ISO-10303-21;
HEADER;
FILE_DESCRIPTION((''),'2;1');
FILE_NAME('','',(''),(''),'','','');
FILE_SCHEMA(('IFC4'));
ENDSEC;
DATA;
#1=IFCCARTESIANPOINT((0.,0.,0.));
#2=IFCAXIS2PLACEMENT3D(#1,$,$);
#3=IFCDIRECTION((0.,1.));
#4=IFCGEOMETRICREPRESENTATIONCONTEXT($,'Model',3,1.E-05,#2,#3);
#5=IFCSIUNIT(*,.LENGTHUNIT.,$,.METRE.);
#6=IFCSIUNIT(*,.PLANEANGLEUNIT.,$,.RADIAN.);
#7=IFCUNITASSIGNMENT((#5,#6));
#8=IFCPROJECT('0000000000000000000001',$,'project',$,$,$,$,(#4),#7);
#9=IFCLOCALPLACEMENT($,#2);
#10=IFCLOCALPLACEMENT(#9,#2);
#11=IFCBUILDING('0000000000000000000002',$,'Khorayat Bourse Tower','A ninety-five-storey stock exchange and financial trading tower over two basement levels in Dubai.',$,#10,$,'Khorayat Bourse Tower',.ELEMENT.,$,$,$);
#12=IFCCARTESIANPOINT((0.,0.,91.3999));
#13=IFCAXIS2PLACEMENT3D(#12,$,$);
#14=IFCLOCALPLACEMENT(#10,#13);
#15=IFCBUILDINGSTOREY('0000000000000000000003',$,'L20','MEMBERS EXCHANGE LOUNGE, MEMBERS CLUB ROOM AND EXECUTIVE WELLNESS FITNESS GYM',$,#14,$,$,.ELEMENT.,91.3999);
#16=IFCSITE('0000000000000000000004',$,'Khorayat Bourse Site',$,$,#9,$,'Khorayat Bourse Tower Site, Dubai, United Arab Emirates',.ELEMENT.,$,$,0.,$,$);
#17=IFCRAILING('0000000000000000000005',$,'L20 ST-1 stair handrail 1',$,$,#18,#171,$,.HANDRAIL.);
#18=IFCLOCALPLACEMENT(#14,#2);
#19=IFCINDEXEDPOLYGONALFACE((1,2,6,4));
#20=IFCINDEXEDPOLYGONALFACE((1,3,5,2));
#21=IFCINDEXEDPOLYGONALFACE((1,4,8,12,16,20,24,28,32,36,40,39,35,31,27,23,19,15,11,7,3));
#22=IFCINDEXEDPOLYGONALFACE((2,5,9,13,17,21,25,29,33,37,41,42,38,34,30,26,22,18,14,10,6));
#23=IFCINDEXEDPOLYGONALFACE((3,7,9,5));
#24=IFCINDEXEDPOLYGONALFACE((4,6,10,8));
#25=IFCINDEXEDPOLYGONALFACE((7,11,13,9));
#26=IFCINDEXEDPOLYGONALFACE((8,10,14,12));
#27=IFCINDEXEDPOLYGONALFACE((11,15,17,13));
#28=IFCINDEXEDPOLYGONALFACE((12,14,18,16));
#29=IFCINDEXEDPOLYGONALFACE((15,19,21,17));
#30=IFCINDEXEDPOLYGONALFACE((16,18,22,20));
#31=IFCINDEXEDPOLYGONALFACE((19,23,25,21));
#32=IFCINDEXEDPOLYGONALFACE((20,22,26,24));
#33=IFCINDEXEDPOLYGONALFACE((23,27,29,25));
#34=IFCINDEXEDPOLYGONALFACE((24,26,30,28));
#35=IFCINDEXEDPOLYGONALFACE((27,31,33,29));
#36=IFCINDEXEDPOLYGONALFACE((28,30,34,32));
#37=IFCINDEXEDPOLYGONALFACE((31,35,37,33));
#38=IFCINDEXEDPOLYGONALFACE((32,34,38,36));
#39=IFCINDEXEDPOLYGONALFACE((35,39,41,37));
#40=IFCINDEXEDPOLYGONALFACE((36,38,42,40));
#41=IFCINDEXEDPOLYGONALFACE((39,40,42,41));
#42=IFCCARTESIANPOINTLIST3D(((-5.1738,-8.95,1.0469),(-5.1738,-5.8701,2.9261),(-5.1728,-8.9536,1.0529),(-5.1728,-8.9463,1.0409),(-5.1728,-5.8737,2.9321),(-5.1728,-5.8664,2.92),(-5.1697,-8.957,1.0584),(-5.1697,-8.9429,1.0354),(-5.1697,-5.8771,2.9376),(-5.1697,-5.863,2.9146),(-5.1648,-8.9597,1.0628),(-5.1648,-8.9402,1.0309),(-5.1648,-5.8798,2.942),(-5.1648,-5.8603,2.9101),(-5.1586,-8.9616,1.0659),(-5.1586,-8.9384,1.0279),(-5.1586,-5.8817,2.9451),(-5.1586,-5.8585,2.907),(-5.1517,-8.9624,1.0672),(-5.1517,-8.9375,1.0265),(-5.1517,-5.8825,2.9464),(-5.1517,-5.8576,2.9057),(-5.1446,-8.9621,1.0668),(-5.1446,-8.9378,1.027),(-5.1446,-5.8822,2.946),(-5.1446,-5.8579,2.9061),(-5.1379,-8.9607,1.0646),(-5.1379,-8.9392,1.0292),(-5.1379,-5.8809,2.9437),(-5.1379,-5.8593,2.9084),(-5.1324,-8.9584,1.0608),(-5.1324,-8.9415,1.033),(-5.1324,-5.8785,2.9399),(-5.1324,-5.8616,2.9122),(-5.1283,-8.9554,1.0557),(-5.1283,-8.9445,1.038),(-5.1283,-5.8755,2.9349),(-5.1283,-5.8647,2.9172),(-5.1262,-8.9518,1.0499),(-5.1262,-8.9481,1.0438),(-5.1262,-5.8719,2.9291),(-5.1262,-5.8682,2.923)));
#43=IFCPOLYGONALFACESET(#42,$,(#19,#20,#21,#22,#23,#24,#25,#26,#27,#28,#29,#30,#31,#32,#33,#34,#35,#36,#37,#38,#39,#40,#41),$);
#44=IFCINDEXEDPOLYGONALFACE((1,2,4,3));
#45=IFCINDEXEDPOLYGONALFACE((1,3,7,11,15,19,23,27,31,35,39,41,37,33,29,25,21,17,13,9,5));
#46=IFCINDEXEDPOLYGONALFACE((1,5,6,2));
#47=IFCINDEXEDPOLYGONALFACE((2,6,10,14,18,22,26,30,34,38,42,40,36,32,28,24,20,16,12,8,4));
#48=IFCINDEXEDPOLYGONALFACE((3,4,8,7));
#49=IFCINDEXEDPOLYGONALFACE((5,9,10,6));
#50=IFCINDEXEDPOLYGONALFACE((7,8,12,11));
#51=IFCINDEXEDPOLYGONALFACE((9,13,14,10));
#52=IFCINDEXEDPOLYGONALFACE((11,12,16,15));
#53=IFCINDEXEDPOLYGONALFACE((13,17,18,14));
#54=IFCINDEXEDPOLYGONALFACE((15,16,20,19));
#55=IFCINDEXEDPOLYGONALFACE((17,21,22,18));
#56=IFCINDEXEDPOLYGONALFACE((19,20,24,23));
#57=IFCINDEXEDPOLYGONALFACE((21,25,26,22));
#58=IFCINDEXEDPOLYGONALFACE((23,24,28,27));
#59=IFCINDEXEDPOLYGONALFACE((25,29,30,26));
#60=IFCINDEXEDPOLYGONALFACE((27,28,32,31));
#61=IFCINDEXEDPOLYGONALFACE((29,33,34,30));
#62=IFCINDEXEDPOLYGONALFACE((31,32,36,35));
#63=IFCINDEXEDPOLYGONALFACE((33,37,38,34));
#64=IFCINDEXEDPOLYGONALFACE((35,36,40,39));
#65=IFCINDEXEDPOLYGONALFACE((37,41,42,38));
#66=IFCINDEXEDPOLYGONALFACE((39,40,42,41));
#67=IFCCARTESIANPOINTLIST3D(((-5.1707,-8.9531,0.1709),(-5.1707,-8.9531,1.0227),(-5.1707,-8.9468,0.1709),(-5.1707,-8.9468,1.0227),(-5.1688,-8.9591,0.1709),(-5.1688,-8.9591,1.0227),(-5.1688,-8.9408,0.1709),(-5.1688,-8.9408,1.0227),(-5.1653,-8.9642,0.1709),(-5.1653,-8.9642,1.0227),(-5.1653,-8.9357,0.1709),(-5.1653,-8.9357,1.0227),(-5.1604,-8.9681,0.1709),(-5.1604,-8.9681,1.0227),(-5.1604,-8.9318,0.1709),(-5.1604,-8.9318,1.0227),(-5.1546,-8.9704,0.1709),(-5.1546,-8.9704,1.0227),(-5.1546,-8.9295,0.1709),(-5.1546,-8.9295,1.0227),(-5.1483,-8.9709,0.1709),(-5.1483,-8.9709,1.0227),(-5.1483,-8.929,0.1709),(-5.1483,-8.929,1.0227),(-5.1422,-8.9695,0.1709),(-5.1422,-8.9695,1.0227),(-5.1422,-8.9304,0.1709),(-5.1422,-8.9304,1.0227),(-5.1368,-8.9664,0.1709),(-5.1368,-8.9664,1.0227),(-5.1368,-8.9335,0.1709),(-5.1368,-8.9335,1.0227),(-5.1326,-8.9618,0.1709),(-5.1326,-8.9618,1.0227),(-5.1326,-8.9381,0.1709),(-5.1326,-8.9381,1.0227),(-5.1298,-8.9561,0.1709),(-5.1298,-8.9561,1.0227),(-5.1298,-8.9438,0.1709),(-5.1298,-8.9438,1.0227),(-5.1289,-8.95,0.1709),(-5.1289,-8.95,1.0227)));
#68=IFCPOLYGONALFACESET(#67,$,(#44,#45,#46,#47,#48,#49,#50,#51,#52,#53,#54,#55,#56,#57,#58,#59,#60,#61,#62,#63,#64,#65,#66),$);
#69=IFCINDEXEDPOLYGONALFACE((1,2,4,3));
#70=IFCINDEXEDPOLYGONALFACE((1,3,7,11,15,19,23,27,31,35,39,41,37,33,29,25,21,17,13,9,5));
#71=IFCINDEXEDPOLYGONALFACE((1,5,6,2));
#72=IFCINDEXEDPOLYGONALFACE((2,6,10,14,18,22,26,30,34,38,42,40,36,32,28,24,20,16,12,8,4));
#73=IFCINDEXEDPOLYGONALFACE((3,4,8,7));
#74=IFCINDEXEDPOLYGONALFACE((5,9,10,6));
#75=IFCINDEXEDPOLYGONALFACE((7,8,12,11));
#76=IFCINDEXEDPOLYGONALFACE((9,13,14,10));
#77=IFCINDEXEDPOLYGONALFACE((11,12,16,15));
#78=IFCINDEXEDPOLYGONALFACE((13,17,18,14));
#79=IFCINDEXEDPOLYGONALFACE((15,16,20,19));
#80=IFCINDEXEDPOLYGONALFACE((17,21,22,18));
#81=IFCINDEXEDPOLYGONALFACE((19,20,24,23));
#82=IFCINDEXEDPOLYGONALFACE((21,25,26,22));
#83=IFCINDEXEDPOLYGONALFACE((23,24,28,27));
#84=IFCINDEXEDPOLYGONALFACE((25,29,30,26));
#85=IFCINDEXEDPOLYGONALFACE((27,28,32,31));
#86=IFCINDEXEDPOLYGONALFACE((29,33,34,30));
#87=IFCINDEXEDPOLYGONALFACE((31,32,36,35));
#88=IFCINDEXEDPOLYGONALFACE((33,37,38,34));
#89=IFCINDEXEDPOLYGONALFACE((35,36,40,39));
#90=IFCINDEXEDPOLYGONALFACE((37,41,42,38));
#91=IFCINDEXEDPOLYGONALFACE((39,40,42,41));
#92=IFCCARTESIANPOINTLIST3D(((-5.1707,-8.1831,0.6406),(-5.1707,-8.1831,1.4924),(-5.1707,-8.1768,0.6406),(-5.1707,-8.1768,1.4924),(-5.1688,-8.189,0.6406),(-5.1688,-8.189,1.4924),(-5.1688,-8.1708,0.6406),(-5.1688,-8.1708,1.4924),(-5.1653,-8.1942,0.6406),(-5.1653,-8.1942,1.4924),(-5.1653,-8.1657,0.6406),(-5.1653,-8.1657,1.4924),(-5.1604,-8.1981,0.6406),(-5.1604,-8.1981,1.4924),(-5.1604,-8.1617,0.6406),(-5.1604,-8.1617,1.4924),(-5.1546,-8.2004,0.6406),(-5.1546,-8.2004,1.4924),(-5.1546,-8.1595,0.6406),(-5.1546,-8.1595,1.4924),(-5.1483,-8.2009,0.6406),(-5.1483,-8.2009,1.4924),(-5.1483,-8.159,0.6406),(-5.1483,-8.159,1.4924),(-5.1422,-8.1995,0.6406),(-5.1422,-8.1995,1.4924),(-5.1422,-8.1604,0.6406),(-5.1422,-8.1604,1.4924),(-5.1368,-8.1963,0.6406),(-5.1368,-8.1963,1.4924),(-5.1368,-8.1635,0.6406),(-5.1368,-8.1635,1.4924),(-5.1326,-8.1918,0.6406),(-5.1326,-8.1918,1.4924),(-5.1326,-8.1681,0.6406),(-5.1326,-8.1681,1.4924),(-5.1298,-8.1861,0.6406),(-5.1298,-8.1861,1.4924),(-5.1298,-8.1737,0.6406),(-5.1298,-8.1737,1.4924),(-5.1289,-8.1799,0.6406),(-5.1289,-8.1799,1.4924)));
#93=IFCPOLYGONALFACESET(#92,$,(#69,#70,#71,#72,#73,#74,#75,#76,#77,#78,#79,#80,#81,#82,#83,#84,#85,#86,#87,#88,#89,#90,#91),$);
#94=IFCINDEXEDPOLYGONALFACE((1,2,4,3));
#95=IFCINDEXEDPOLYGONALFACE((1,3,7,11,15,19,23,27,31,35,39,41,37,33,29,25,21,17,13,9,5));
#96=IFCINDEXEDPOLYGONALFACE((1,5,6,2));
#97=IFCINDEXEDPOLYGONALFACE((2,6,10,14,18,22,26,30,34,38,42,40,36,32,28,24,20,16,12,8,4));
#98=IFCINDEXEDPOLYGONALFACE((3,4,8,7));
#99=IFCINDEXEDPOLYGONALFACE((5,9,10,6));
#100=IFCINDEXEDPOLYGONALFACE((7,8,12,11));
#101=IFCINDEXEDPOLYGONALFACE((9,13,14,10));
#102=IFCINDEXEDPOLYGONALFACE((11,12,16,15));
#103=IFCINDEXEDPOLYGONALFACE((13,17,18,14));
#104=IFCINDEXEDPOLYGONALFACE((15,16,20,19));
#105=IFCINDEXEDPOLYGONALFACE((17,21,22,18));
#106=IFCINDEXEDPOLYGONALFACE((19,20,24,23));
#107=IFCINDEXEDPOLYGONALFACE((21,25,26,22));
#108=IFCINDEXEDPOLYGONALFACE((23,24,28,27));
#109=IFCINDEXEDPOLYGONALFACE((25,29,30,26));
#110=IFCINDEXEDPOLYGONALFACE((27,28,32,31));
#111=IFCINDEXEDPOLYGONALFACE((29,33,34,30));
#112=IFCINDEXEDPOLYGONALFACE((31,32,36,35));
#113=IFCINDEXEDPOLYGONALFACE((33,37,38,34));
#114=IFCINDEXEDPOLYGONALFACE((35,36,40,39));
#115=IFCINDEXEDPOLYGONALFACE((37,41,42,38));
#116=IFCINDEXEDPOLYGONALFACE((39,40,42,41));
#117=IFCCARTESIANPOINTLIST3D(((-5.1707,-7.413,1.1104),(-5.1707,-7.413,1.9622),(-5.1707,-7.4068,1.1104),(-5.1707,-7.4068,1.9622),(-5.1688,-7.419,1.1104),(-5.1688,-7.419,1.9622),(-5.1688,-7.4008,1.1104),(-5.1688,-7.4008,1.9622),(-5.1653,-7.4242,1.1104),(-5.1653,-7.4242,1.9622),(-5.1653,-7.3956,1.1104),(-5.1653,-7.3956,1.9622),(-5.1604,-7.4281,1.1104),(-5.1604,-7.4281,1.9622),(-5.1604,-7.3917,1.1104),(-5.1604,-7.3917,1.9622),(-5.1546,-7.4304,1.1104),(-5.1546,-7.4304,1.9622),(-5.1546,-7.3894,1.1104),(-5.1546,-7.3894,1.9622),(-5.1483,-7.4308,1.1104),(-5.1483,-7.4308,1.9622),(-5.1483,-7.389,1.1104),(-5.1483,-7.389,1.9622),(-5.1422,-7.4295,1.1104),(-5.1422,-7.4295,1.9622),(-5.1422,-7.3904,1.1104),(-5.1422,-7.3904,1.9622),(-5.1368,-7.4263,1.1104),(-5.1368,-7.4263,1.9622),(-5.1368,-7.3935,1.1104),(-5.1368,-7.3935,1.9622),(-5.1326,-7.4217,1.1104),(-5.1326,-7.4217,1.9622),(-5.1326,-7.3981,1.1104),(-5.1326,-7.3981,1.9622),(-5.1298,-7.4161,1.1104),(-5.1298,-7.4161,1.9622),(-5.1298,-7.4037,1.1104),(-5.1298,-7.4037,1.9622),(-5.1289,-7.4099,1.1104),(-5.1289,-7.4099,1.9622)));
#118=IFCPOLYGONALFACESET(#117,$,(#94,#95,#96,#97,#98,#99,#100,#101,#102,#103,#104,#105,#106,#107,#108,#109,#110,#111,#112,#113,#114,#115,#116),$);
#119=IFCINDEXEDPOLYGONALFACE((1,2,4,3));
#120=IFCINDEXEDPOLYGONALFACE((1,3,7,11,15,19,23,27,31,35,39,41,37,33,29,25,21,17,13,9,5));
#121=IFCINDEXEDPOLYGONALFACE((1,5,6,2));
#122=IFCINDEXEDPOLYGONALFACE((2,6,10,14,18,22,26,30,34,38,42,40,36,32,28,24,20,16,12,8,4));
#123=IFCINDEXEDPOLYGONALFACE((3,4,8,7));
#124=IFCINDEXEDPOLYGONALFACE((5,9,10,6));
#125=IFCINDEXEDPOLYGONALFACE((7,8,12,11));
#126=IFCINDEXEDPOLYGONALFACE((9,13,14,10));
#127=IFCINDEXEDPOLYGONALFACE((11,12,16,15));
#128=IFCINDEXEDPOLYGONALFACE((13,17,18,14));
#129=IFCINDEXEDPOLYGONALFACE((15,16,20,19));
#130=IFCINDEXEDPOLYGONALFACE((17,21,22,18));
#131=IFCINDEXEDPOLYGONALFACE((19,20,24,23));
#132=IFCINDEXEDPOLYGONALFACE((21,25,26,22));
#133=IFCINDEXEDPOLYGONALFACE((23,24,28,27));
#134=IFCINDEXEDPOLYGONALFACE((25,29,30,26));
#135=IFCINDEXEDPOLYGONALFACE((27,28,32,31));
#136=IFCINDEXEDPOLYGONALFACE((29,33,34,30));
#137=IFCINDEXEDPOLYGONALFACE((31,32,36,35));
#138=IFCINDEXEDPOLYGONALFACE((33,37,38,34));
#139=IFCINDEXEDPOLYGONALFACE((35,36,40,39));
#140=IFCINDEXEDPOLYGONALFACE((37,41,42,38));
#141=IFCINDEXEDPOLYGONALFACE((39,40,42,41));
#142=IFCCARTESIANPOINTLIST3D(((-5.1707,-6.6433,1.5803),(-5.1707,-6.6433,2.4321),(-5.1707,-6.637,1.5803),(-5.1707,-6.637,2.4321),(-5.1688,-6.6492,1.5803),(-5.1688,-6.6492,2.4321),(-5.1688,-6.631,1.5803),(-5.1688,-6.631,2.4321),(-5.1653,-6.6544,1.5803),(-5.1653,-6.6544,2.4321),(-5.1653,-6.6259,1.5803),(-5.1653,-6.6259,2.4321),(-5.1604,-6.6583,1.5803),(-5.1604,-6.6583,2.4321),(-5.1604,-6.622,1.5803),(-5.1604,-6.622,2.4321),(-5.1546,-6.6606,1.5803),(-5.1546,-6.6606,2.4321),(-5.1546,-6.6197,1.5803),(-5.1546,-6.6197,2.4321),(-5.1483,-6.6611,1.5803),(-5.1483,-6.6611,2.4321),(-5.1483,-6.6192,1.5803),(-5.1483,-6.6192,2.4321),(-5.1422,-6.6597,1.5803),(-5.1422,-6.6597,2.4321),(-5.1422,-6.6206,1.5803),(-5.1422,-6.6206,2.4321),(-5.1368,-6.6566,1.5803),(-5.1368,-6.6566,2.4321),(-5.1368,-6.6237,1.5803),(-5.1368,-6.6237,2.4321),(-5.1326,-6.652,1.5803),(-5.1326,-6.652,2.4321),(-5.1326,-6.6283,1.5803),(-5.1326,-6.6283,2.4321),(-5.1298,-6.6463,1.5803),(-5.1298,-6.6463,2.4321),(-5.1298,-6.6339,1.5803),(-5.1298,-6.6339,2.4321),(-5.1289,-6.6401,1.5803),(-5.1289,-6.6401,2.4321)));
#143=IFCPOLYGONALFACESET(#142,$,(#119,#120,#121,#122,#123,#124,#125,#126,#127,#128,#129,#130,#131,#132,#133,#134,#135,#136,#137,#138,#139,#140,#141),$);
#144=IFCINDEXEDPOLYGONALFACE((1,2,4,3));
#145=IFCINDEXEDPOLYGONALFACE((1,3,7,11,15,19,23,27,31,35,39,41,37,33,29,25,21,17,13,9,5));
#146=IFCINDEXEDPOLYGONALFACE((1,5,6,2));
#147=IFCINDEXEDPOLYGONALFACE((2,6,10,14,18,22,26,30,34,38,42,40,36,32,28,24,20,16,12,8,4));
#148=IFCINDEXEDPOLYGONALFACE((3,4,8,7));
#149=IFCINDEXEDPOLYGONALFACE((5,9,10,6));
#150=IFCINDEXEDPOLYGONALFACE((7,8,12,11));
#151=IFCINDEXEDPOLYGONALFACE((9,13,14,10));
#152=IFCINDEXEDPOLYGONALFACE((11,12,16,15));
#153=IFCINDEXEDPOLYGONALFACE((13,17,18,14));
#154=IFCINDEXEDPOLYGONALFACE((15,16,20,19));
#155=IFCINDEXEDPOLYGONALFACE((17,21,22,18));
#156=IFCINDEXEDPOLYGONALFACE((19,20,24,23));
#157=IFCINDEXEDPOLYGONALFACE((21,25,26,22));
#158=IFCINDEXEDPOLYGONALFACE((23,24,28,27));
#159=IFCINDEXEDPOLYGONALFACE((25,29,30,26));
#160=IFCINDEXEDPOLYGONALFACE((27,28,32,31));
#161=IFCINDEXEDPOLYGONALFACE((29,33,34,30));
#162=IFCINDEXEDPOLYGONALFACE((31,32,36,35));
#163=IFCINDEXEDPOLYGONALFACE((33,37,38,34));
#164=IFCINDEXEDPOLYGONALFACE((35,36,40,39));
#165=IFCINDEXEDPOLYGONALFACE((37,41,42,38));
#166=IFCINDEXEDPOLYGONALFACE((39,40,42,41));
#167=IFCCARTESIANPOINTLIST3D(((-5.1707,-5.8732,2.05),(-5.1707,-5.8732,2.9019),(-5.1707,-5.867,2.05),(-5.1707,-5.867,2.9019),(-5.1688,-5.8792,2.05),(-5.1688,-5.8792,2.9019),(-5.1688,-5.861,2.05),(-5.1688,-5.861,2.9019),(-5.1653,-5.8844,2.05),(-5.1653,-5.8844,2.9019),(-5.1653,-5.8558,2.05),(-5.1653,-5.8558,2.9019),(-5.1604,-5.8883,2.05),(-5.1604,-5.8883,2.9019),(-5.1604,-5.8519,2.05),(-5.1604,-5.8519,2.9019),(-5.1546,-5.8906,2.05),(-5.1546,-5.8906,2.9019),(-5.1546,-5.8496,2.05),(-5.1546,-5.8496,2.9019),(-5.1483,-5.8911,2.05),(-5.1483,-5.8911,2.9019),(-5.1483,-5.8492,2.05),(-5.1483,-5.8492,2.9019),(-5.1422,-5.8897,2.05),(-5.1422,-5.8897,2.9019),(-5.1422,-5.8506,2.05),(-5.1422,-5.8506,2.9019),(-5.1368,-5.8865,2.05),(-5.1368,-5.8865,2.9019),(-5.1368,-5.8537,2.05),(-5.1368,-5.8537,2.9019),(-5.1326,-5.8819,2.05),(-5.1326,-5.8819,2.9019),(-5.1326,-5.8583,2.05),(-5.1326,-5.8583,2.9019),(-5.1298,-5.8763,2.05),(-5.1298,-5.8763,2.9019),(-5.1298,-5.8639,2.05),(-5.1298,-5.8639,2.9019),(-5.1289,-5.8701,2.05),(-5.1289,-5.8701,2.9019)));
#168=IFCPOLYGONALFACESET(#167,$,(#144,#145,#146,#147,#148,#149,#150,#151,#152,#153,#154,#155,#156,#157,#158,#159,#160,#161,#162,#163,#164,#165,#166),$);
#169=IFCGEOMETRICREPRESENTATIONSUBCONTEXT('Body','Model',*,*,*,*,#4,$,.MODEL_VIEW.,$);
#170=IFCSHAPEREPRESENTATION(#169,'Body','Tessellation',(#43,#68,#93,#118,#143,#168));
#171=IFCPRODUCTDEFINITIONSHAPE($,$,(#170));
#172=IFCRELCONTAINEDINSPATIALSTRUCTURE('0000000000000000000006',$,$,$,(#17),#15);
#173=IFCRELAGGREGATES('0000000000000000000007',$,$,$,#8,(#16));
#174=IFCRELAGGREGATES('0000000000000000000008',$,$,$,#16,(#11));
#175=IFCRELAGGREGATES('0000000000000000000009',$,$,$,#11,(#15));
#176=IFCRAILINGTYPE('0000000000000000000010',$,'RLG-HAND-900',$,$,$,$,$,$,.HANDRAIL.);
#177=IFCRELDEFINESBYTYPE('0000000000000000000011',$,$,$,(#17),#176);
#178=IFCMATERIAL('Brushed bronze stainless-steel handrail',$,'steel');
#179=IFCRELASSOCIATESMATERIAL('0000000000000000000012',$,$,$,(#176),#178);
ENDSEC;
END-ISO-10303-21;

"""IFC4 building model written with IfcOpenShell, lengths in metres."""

from ifc_helpers import new_model, si_unit, direction, frame, origin, origin_2d, place, context, subcontext, project, spatial, circle, extrude, source, transform, mapped, material, type_object, element, save


model = new_model("IFC4")

# Units and contexts
model_context = context("Model", 3, precision=1e-05, world=origin(), true_north=direction((0.0, 1.0)))
body_context = subcontext(model_context, "Body", "Model", "MODEL_VIEW")
ifc_project = project(units=[si_unit("LENGTHUNIT", "METRE"), si_unit("PLANEANGLEUNIT", "RADIAN")], contexts=[model_context])

# Site, building, storey
site_placement = place(None, origin())
site = spatial("IfcSite", under=ifc_project, at=site_placement, Name="Khorayat Bourse Site", LongName="Khorayat Bourse Tower Site, Dubai, United Arab Emirates", CompositionType="ELEMENT", RefElevation=0.0)
building_placement = place(site_placement, origin())
building = spatial("IfcBuilding", under=site, at=building_placement, Name="Khorayat Bourse Tower", Description="A ninety-five-storey stock exchange and financial trading tower over two basement levels in Dubai.", LongName="Khorayat Bourse Tower", CompositionType="ELEMENT")
storey_placement = place(building_placement, frame((0.0, 0.0, 91.3999)))
storey = spatial("IfcBuildingStorey", under=building, at=storey_placement, Name="L20", Description="MEMBERS EXCHANGE LOUNGE, MEMBERS CLUB ROOM AND EXECUTIVE WELLNESS FITNESS GYM", CompositionType="ELEMENT", Elevation=91.3999)

# Railing
ifc_material_1 = material(Name="Brushed bronze stainless-steel handrail", Category="steel")
railing_type_1 = type_object("IfcRailingType", Name="RLG-HAND-900", PredefinedType="HANDRAIL", material=ifc_material_1)
shared_shape_1 = source(origin(), body_context, "Body", "SweptSolid", [
    extrude(circle(Radius=0.0239, at=origin_2d()), frame((0.0, 0.0, 0.876), z_axis=(0.0, 0.853648, 0.52085), x_axis=(-1.0, 0.0, 0.0)), (0.0, 0.0, 1.0), 3.6079),
    extrude(circle(Radius=0.021, at=origin_2d()), origin(), (0.0, 0.0, 1.0), 0.8518),
    extrude(circle(Radius=0.021, at=origin_2d()), frame((0.0, 0.77, 0.4697)), (0.0, 0.0, 1.0), 0.8518),
    extrude(circle(Radius=0.021, at=origin_2d()), frame((0.0, 1.54, 0.9395)), (0.0, 0.0, 1.0), 0.8518),
    extrude(circle(Radius=0.021, at=origin_2d()), frame((0.0, 2.3098, 1.4094)), (0.0, 0.0, 1.0), 0.8518),
    extrude(circle(Radius=0.021, at=origin_2d()), frame((0.0, 3.0798, 1.8792)), (0.0, 0.0, 1.0), 0.8518),
])
railing_1_placement = place(storey_placement, frame((-5.1499, -8.95, 0.1709)))
element("IfcRailing", 1, at=railing_1_placement, inside=storey, type_object=railing_type_1, Name="L20 ST-1 stair handrail 1", PredefinedType="HANDRAIL", context=body_context, shape_type="MappedRepresentation", body=[
    mapped(shared_shape_1, transform((0.0, 0.0, 0.0), scale=1.0)),
])

save(model, "model.ifc")
